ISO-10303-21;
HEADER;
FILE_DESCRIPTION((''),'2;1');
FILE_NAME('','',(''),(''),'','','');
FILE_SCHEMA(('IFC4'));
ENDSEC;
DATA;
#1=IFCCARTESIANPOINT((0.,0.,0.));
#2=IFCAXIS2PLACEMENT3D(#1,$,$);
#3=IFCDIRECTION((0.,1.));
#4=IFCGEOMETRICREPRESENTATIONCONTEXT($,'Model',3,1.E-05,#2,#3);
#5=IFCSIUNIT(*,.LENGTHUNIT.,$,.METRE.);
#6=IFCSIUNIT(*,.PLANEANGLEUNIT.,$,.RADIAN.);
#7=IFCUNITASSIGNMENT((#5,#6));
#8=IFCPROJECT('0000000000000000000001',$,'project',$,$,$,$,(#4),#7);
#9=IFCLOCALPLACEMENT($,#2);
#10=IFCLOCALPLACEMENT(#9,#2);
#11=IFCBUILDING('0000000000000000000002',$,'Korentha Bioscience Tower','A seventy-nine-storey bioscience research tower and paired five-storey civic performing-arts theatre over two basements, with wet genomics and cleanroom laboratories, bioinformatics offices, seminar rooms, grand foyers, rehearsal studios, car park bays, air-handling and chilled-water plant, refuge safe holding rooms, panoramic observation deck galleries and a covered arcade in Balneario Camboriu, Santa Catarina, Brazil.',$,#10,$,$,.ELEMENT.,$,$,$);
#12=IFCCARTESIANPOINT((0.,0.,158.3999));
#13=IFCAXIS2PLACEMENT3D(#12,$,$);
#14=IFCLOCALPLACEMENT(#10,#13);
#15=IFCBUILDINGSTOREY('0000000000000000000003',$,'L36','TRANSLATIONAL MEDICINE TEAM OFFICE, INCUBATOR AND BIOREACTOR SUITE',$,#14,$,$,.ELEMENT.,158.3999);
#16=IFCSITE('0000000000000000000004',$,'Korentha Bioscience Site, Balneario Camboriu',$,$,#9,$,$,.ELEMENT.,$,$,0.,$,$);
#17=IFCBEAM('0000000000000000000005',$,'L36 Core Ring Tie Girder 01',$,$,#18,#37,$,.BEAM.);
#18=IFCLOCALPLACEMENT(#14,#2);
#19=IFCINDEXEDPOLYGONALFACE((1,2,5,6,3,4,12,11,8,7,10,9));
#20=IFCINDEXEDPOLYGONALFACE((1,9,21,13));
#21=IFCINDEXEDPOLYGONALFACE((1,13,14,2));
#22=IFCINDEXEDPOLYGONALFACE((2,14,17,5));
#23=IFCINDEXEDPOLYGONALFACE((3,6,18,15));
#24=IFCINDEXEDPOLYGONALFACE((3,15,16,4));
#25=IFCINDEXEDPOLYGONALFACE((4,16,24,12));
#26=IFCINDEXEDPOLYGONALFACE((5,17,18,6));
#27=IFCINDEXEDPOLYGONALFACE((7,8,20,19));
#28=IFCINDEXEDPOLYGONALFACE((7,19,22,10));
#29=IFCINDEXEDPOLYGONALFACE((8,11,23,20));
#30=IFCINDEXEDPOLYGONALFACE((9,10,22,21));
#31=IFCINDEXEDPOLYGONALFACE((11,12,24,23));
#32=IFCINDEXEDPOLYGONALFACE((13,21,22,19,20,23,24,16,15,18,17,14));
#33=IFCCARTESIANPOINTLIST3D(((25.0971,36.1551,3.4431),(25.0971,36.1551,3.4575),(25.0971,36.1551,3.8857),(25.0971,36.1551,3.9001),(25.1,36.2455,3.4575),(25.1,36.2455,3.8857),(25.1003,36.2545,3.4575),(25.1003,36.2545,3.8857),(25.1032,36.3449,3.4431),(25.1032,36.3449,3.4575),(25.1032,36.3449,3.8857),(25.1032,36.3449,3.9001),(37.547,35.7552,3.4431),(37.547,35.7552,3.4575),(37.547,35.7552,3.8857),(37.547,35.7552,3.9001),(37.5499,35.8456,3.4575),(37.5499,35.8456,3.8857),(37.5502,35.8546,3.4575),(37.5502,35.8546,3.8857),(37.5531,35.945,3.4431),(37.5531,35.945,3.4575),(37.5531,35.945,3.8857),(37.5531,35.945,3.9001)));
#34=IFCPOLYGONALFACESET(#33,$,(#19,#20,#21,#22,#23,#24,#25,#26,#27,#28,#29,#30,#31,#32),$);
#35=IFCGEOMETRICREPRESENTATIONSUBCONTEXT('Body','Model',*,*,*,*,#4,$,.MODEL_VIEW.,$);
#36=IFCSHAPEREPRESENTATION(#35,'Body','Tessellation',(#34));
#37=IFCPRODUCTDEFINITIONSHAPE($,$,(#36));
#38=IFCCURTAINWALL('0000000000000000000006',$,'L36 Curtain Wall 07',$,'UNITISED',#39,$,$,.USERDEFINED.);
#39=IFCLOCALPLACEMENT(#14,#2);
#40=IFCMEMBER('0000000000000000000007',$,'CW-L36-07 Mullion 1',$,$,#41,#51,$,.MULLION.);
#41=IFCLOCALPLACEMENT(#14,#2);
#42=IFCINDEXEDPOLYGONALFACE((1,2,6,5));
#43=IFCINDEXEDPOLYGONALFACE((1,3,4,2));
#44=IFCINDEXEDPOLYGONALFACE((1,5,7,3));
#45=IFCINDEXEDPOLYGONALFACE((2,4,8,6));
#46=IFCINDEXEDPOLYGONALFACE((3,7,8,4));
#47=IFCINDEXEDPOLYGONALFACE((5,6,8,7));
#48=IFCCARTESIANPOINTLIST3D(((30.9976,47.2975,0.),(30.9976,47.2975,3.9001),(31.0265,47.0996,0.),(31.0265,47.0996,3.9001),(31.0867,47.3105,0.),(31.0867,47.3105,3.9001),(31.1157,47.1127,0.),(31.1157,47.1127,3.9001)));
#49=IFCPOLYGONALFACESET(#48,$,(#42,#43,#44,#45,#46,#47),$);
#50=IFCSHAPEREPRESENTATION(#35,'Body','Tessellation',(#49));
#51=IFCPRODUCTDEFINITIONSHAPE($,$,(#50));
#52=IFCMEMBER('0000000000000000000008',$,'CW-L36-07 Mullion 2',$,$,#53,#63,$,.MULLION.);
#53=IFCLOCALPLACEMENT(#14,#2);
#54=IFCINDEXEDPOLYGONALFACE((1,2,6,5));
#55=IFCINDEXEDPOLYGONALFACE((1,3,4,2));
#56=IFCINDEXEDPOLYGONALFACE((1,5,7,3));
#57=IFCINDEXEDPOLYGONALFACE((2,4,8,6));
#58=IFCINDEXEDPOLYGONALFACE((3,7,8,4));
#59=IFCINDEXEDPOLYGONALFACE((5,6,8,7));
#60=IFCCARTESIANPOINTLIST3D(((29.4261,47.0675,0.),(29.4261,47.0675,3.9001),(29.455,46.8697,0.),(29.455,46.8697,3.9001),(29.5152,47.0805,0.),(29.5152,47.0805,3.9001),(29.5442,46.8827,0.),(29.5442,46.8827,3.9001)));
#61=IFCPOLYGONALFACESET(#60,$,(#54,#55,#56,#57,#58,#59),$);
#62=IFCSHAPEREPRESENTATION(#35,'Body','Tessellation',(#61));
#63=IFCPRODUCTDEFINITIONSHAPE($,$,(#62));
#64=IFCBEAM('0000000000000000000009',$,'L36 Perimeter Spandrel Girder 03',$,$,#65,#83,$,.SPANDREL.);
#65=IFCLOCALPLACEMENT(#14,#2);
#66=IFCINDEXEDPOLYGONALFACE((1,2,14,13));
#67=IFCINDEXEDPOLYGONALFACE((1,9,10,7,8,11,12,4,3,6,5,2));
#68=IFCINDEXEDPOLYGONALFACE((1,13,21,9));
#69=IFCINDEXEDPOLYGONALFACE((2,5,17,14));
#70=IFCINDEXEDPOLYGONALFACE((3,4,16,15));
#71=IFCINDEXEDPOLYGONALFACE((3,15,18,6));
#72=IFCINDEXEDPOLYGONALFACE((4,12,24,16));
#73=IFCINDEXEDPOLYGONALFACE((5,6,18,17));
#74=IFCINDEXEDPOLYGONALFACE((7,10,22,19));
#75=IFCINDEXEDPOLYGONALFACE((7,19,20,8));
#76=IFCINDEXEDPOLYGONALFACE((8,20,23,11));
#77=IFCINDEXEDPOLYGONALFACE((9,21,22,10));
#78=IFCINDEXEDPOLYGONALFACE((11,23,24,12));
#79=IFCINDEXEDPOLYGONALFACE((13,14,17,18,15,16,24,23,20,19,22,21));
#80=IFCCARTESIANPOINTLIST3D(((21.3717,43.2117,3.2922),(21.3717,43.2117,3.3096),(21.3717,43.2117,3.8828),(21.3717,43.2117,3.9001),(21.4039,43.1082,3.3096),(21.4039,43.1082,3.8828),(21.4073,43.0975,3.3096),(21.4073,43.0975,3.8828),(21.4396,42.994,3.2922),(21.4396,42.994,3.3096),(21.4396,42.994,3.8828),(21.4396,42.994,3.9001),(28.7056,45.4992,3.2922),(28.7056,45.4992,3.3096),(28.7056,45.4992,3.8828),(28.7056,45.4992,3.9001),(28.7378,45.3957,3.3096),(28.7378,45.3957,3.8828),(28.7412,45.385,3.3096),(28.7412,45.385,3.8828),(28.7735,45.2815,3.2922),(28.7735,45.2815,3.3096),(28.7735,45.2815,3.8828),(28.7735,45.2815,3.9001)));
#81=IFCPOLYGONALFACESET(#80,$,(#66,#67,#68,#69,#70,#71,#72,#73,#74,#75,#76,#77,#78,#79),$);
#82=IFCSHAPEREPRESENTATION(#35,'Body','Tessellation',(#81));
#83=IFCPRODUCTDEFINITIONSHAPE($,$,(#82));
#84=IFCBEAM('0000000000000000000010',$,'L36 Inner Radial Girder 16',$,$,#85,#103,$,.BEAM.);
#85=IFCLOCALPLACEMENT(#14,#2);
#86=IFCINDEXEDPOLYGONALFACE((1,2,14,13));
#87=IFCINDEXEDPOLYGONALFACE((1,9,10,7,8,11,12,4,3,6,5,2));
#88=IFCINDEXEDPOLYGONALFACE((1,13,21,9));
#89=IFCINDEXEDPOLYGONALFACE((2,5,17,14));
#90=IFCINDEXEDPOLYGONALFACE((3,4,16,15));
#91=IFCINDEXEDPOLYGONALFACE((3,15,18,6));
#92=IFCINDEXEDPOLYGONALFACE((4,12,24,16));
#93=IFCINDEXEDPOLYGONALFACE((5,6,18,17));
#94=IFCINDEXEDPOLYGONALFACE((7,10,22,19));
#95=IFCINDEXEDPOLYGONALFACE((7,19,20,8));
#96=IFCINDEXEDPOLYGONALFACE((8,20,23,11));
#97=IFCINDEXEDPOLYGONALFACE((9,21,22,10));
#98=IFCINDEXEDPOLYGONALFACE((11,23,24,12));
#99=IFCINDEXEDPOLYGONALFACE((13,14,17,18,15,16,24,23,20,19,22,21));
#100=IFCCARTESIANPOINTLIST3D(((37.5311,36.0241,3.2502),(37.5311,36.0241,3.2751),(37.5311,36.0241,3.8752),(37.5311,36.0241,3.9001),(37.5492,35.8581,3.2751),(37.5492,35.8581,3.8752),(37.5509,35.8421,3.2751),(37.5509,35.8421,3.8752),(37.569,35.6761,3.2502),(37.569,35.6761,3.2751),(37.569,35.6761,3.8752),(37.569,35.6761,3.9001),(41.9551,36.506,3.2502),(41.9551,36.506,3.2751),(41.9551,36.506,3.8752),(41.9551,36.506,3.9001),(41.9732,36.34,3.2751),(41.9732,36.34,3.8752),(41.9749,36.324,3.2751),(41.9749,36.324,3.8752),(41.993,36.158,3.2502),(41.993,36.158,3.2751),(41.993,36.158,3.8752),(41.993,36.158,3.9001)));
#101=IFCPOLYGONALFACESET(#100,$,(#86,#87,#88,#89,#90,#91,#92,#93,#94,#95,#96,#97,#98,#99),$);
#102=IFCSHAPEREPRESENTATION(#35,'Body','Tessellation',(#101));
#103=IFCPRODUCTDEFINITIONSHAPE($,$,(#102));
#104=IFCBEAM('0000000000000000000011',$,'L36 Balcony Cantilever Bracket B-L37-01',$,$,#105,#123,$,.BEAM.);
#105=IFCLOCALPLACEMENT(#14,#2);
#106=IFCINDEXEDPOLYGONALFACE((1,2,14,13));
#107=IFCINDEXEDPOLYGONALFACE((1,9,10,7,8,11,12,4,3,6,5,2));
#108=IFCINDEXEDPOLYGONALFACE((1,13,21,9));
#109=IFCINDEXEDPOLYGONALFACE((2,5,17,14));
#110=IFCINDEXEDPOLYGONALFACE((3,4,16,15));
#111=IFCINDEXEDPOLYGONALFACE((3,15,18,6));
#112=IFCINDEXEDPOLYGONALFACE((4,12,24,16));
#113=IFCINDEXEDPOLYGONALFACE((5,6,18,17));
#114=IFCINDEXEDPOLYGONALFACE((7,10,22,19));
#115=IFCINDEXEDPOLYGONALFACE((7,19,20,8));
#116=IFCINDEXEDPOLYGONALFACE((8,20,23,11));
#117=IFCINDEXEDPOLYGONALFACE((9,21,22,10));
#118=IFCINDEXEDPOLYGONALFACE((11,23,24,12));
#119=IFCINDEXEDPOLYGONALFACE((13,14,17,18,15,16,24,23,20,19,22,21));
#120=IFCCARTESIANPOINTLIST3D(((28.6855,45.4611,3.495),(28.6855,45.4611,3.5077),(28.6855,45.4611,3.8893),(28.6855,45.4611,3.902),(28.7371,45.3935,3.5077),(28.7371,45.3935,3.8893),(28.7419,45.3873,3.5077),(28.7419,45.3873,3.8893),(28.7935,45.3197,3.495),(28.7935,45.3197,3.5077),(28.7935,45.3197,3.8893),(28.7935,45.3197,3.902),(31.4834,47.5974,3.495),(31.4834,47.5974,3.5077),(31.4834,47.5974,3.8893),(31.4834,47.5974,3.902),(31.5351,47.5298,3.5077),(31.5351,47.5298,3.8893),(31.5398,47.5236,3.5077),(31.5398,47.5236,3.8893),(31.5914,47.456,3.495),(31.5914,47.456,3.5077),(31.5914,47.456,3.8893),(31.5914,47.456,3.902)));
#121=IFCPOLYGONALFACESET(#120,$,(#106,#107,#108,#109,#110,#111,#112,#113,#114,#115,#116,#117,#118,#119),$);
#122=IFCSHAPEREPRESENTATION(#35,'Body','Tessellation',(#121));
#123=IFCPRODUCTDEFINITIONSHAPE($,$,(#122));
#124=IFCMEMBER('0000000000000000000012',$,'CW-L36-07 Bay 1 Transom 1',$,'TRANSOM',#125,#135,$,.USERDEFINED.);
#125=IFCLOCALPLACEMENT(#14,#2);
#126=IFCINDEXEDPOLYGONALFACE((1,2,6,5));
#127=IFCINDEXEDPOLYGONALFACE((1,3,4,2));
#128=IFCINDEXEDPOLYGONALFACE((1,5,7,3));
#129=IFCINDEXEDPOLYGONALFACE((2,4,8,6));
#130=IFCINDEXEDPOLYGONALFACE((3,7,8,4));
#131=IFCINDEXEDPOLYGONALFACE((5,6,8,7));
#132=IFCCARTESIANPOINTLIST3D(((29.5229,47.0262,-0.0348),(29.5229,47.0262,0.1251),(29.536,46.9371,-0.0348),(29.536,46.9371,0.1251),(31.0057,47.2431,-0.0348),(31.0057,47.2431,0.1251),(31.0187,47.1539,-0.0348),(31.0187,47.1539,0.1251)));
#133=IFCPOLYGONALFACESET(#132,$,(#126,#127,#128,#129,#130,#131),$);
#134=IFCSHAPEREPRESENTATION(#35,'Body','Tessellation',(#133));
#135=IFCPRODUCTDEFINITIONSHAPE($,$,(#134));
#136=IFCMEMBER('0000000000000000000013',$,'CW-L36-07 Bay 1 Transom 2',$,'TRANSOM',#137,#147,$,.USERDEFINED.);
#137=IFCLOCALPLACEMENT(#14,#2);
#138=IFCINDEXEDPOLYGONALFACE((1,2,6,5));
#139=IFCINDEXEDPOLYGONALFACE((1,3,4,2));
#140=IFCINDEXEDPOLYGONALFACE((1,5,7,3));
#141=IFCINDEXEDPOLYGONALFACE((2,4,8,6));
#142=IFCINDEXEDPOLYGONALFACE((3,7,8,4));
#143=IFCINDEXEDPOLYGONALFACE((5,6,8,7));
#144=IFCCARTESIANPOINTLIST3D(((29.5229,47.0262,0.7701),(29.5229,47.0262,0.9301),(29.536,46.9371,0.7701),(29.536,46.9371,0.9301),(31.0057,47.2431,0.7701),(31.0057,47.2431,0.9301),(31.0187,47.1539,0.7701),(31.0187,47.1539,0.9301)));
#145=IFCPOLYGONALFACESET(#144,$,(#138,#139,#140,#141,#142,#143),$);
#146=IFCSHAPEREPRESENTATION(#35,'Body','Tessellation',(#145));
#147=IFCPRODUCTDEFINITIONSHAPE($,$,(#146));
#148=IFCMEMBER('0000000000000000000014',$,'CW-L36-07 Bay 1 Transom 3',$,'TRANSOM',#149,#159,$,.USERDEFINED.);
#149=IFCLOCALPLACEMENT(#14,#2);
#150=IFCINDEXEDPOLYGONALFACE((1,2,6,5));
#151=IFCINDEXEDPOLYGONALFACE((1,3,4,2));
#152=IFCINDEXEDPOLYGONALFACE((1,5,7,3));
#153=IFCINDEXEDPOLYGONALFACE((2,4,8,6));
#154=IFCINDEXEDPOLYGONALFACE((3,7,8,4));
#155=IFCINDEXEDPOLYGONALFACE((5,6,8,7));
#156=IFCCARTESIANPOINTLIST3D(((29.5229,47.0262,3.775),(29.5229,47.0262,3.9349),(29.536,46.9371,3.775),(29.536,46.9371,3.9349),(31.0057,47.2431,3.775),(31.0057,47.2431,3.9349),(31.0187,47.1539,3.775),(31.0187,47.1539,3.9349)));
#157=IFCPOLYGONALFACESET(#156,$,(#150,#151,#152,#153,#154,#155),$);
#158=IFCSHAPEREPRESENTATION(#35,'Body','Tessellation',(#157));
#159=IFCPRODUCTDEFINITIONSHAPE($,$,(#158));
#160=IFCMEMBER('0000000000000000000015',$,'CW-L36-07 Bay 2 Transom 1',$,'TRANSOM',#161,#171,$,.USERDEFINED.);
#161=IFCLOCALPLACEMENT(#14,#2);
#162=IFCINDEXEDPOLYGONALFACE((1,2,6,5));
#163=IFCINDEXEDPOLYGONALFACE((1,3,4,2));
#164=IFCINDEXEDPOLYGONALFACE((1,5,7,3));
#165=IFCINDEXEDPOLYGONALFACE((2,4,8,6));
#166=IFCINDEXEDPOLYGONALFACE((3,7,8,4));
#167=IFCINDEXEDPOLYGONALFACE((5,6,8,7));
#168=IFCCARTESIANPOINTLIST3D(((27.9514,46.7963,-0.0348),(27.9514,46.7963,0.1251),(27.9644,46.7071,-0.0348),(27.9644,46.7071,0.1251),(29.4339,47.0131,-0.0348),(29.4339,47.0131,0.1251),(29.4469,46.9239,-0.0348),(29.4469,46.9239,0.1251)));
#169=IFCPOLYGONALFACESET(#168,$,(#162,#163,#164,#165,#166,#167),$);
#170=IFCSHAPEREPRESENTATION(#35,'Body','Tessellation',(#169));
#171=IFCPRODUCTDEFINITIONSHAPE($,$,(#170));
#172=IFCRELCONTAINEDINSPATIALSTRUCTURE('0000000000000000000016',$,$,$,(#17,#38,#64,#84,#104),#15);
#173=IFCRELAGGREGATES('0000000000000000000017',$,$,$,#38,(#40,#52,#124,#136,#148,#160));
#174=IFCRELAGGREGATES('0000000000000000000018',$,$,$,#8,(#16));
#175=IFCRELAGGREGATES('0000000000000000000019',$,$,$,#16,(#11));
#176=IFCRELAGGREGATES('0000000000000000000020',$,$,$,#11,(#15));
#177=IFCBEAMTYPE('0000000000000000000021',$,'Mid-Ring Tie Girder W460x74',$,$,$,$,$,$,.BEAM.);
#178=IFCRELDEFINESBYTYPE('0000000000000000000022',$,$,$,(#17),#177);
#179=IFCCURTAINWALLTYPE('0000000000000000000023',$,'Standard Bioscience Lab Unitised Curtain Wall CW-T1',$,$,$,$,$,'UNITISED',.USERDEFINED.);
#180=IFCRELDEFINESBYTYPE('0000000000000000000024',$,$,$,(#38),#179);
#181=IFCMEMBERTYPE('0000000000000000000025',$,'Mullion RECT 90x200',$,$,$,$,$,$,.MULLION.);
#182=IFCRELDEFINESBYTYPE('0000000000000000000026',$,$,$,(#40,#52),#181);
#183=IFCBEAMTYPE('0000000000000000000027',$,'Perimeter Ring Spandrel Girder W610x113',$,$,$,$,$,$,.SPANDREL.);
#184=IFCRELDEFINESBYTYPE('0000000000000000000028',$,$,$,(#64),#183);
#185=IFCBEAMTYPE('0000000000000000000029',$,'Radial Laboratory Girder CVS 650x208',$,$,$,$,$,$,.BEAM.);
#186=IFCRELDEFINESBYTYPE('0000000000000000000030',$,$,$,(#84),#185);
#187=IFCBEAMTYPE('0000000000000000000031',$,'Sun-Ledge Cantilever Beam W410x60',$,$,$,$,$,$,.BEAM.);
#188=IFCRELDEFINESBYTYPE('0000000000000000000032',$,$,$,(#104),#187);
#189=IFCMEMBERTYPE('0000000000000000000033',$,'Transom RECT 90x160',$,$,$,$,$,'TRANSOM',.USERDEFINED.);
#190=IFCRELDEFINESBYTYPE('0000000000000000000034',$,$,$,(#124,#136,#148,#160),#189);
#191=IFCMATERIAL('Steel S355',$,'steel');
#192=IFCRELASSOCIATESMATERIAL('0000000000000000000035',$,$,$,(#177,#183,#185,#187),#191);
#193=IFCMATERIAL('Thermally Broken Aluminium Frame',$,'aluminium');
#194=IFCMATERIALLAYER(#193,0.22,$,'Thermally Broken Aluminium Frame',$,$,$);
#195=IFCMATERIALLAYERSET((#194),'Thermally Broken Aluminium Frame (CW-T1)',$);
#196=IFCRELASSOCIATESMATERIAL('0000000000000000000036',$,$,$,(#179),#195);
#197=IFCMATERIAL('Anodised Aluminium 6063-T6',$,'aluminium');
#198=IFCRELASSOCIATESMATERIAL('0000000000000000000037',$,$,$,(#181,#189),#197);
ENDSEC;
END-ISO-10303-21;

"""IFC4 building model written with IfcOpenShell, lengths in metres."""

from ifc_helpers import new_model, si_unit, direction, frame, origin, origin_2d, place, context, subcontext, project, spatial, rectangle, i_section, extrude, material, layer, layer_set, material_profile, profile_set, type_object, element, aggregate, save


model = new_model("IFC4")

# Units and contexts
model_context = context("Model", 3, precision=1e-05, world=origin(), true_north=direction((0.0, 1.0)))
body_context = subcontext(model_context, "Body", "Model", "MODEL_VIEW")
ifc_project = project(units=[si_unit("LENGTHUNIT", "METRE"), si_unit("PLANEANGLEUNIT", "RADIAN")], contexts=[model_context])

# Site, building, storey
site_placement = place(None, origin())
site = spatial("IfcSite", under=ifc_project, at=site_placement, Name="Korentha Bioscience Site, Balneario Camboriu", CompositionType="ELEMENT", RefElevation=0.0)
building_placement = place(site_placement, origin())
building = spatial("IfcBuilding", under=site, at=building_placement, Name="Korentha Bioscience Tower", Description="A seventy-nine-storey bioscience research tower and paired five-storey civic performing-arts theatre over two basements, with wet genomics and cleanroom laboratories, bioinformatics offices, seminar rooms, grand foyers, rehearsal studios, car park bays, air-handling and chilled-water plant, refuge safe holding rooms, panoramic observation deck galleries and a covered arcade in Balneario Camboriu, Santa Catarina, Brazil.", CompositionType="ELEMENT")
storey_placement = place(building_placement, frame((0.0, 0.0, 158.3999)))
storey = spatial("IfcBuildingStorey", under=building, at=storey_placement, Name="L36", Description="TRANSLATIONAL MEDICINE TEAM OFFICE, INCUBATOR AND BIOREACTOR SUITE", CompositionType="ELEMENT", Elevation=158.3999)

# Beam
ifc_material_1 = material(Name="Steel S355", Category="steel")
ifc_material_profile_1 = material_profile(ifc_material_1, i_section(OverallWidth=0.1899, OverallDepth=0.457, WebThickness=0.009, FlangeThickness=0.0144, at=origin_2d()), Name="Steel S355")
ifc_profile_set_1 = profile_set([ifc_material_profile_1], Name="Steel S355 (MB-460)")
beam_type_1 = type_object("IfcBeamType", Name="Mid-Ring Tie Girder W460x74", PredefinedType="BEAM", material=ifc_profile_set_1)
beam_1_placement = place(storey_placement, frame((37.55, 35.8501, 3.6716), z_axis=(-0.999485, 0.032104, 0.0), x_axis=(-0.032104, -0.999485, 0.0)))
element("IfcBeam", 1, at=beam_1_placement, inside=storey, type_object=beam_type_1, Name="L36 Core Ring Tie Girder 01", PredefinedType="BEAM", context=body_context, shape_type="SweptSolid", body=[
    extrude(i_section(OverallWidth=0.1899, OverallDepth=0.457, WebThickness=0.009, FlangeThickness=0.0144, at=origin_2d()), origin(), (0.0, 0.0, 1.0), 12.4563),
])

# Curtain wall, members
ifc_material_2 = material(Name="Thermally Broken Aluminium Frame", Category="aluminium")
ifc_layer_1 = layer(ifc_material_2, 0.22, Name="Thermally Broken Aluminium Frame")
ifc_layer_set_1 = layer_set([ifc_layer_1], Name="Thermally Broken Aluminium Frame (CW-T1)")
curtain_wall_type = type_object("IfcCurtainWallType", Name="Standard Bioscience Lab Unitised Curtain Wall CW-T1", ElementType="UNITISED", PredefinedType="USERDEFINED", material=ifc_layer_set_1)
curtain_wall_placement = place(storey_placement, origin())
curtain_wall = element("IfcCurtainWall", 2, at=curtain_wall_placement, inside=storey, type_object=curtain_wall_type, Name="L36 Curtain Wall 07", ObjectType="UNITISED", PredefinedType="USERDEFINED")
ifc_material_3 = material(Name="Anodised Aluminium 6063-T6", Category="aluminium")
ifc_material_profile_2 = material_profile(ifc_material_3, rectangle(XDim=0.0901, YDim=0.2, at=origin_2d()), Name="Anodised Aluminium 6063-T6")
ifc_profile_set_2 = profile_set([ifc_material_profile_2], Name="Anodised Aluminium 6063-T6 (CW-MUL)")
member_type_1 = type_object("IfcMemberType", Name="Mullion RECT 90x200", PredefinedType="MULLION", material=ifc_profile_set_2)
member_1_placement = place(storey_placement, frame((31.0566, 47.2051, 0.0), z_axis=(0.0, 0.0, 1.0), x_axis=(-0.989462, -0.144793, 0.0)))
member_1 = element("IfcMember", 3, at=member_1_placement, type_object=member_type_1, Name="CW-L36-07 Mullion 1", PredefinedType="MULLION", context=body_context, shape_type="SweptSolid", body=[
    extrude(rectangle(XDim=0.0901, YDim=0.2, at=origin_2d()), origin(), (0.0, 0.0, 1.0), 3.9001),
])
member_2_placement = place(storey_placement, frame((29.4851, 46.9751, 0.0), z_axis=(0.0, 0.0, 1.0), x_axis=(-0.989462, -0.144793, 0.0)))
member_2 = element("IfcMember", 4, at=member_2_placement, type_object=member_type_1, Name="CW-L36-07 Mullion 2", PredefinedType="MULLION", context=body_context, shape_type="SweptSolid", body=[
    extrude(rectangle(XDim=0.0901, YDim=0.2, at=origin_2d()), origin(), (0.0, 0.0, 1.0), 3.9001),
])

# Beams
ifc_material_profile_3 = material_profile(ifc_material_1, i_section(OverallWidth=0.228, OverallDepth=0.6079, WebThickness=0.0112, FlangeThickness=0.0173, at=origin_2d()), Name="Steel S355")
ifc_profile_set_3 = profile_set([ifc_material_profile_3], Name="Steel S355 (SB-610)")
beam_type_2 = type_object("IfcBeamType", Name="Perimeter Ring Spandrel Girder W610x113", PredefinedType="SPANDREL", material=ifc_profile_set_3)
beam_2_placement = place(storey_placement, frame((28.7395, 45.3904, 3.5962), z_axis=(-0.954638, -0.297768, 0.0), x_axis=(0.297768, -0.954638, 0.0)))
element("IfcBeam", 5, at=beam_2_placement, inside=storey, type_object=beam_type_2, Name="L36 Perimeter Spandrel Girder 03", PredefinedType="SPANDREL", context=body_context, shape_type="SweptSolid", body=[
    extrude(i_section(OverallWidth=0.228, OverallDepth=0.6079, WebThickness=0.0112, FlangeThickness=0.0173, at=origin_2d()), origin(), (0.0, 0.0, 1.0), 7.6824),
])
ifc_material_profile_4 = material_profile(ifc_material_1, i_section(OverallWidth=0.3501, OverallDepth=0.6499, WebThickness=0.0161, FlangeThickness=0.0249, at=origin_2d()), Name="Steel S355")
ifc_profile_set_4 = profile_set([ifc_material_profile_4], Name="Steel S355 (RB-650)")
beam_type_3 = type_object("IfcBeamType", Name="Radial Laboratory Girder CVS 650x208", PredefinedType="BEAM", material=ifc_profile_set_4)
beam_3_placement = place(storey_placement, frame((37.55, 35.8501, 3.5752), z_axis=(0.994119, 0.108294, 0.0), x_axis=(-0.108294, 0.994119, 0.0)))
element("IfcBeam", 6, at=beam_3_placement, inside=storey, type_object=beam_type_3, Name="L36 Inner Radial Girder 16", PredefinedType="BEAM", context=body_context, shape_type="SweptSolid", body=[
    extrude(i_section(OverallWidth=0.3501, OverallDepth=0.6499, WebThickness=0.0161, FlangeThickness=0.0249, at=origin_2d()), origin(), (0.0, 0.0, 1.0), 4.4502),
])
ifc_material_profile_5 = material_profile(ifc_material_1, i_section(OverallWidth=0.178, OverallDepth=0.407, WebThickness=0.0078, FlangeThickness=0.0127, at=origin_2d()), Name="Steel S355")
ifc_profile_set_5 = profile_set([ifc_material_profile_5], Name="Steel S355 (CB-410)")
beam_type_4 = type_object("IfcBeamType", Name="Sun-Ledge Cantilever Beam W410x60", PredefinedType="BEAM", material=ifc_profile_set_5)
beam_4_placement = place(storey_placement, frame((28.7395, 45.3904, 3.6985), z_axis=(0.79481, 0.606858, 0.0), x_axis=(-0.606858, 0.79481, 0.0)))
element("IfcBeam", 7, at=beam_4_placement, inside=storey, type_object=beam_type_4, Name="L36 Balcony Cantilever Bracket B-L37-01", PredefinedType="BEAM", context=body_context, shape_type="SweptSolid", body=[
    extrude(i_section(OverallWidth=0.178, OverallDepth=0.407, WebThickness=0.0078, FlangeThickness=0.0127, at=origin_2d()), origin(), (0.0, 0.0, 1.0), 3.5203),
])

# Members
ifc_material_profile_6 = material_profile(ifc_material_3, rectangle(XDim=0.0901, YDim=0.1599, at=origin_2d()), Name="Anodised Aluminium 6063-T6")
ifc_profile_set_6 = profile_set([ifc_material_profile_6], Name="Anodised Aluminium 6063-T6 (CW-TRN)")
member_type_2 = type_object("IfcMemberType", Name="Transom RECT 90x160", ElementType="TRANSOM", PredefinedType="USERDEFINED", material=ifc_profile_set_6)
member_3_placement = place(storey_placement, frame((31.0122, 47.1985, 0.0452), z_axis=(-0.989478, -0.144682, 0.0), x_axis=(0.144682, -0.989478, 0.0)))
member_3 = element("IfcMember", 8, at=member_3_placement, type_object=member_type_2, Name="CW-L36-07 Bay 1 Transom 1", ObjectType="TRANSOM", PredefinedType="USERDEFINED", context=body_context, shape_type="SweptSolid", body=[
    extrude(rectangle(XDim=0.0901, YDim=0.1599, at=origin_2d()), origin(), (0.0, 0.0, 1.0), 1.4985),
])
member_4_placement = place(storey_placement, frame((31.0122, 47.1985, 0.8501), z_axis=(-0.989478, -0.144682, 0.0), x_axis=(0.144682, -0.989478, 0.0)))
member_4 = element("IfcMember", 9, at=member_4_placement, type_object=member_type_2, Name="CW-L36-07 Bay 1 Transom 2", ObjectType="TRANSOM", PredefinedType="USERDEFINED", context=body_context, shape_type="SweptSolid", body=[
    extrude(rectangle(XDim=0.0901, YDim=0.1599, at=origin_2d()), origin(), (0.0, 0.0, 1.0), 1.4985),
])
member_5_placement = place(storey_placement, frame((31.0122, 47.1985, 3.855), z_axis=(-0.989478, -0.144682, 0.0), x_axis=(0.144682, -0.989478, 0.0)))
member_5 = element("IfcMember", 10, at=member_5_placement, type_object=member_type_2, Name="CW-L36-07 Bay 1 Transom 3", ObjectType="TRANSOM", PredefinedType="USERDEFINED", context=body_context, shape_type="SweptSolid", body=[
    extrude(rectangle(XDim=0.0901, YDim=0.1599, at=origin_2d()), origin(), (0.0, 0.0, 1.0), 1.4985),
])
member_6_placement = place(storey_placement, frame((29.4404, 46.9685, 0.0452), z_axis=(-0.989475, -0.144706, 0.0), x_axis=(0.144706, -0.989475, 0.0)))
member_6 = element("IfcMember", 11, at=member_6_placement, type_object=member_type_2, Name="CW-L36-07 Bay 2 Transom 1", ObjectType="TRANSOM", PredefinedType="USERDEFINED", context=body_context, shape_type="SweptSolid", body=[
    extrude(rectangle(XDim=0.0901, YDim=0.1599, at=origin_2d()), origin(), (0.0, 0.0, 1.0), 1.4983),
])

aggregate(curtain_wall, [member_1, member_2, member_3, member_4, member_5, member_6])

save(model, "model.ifc")
